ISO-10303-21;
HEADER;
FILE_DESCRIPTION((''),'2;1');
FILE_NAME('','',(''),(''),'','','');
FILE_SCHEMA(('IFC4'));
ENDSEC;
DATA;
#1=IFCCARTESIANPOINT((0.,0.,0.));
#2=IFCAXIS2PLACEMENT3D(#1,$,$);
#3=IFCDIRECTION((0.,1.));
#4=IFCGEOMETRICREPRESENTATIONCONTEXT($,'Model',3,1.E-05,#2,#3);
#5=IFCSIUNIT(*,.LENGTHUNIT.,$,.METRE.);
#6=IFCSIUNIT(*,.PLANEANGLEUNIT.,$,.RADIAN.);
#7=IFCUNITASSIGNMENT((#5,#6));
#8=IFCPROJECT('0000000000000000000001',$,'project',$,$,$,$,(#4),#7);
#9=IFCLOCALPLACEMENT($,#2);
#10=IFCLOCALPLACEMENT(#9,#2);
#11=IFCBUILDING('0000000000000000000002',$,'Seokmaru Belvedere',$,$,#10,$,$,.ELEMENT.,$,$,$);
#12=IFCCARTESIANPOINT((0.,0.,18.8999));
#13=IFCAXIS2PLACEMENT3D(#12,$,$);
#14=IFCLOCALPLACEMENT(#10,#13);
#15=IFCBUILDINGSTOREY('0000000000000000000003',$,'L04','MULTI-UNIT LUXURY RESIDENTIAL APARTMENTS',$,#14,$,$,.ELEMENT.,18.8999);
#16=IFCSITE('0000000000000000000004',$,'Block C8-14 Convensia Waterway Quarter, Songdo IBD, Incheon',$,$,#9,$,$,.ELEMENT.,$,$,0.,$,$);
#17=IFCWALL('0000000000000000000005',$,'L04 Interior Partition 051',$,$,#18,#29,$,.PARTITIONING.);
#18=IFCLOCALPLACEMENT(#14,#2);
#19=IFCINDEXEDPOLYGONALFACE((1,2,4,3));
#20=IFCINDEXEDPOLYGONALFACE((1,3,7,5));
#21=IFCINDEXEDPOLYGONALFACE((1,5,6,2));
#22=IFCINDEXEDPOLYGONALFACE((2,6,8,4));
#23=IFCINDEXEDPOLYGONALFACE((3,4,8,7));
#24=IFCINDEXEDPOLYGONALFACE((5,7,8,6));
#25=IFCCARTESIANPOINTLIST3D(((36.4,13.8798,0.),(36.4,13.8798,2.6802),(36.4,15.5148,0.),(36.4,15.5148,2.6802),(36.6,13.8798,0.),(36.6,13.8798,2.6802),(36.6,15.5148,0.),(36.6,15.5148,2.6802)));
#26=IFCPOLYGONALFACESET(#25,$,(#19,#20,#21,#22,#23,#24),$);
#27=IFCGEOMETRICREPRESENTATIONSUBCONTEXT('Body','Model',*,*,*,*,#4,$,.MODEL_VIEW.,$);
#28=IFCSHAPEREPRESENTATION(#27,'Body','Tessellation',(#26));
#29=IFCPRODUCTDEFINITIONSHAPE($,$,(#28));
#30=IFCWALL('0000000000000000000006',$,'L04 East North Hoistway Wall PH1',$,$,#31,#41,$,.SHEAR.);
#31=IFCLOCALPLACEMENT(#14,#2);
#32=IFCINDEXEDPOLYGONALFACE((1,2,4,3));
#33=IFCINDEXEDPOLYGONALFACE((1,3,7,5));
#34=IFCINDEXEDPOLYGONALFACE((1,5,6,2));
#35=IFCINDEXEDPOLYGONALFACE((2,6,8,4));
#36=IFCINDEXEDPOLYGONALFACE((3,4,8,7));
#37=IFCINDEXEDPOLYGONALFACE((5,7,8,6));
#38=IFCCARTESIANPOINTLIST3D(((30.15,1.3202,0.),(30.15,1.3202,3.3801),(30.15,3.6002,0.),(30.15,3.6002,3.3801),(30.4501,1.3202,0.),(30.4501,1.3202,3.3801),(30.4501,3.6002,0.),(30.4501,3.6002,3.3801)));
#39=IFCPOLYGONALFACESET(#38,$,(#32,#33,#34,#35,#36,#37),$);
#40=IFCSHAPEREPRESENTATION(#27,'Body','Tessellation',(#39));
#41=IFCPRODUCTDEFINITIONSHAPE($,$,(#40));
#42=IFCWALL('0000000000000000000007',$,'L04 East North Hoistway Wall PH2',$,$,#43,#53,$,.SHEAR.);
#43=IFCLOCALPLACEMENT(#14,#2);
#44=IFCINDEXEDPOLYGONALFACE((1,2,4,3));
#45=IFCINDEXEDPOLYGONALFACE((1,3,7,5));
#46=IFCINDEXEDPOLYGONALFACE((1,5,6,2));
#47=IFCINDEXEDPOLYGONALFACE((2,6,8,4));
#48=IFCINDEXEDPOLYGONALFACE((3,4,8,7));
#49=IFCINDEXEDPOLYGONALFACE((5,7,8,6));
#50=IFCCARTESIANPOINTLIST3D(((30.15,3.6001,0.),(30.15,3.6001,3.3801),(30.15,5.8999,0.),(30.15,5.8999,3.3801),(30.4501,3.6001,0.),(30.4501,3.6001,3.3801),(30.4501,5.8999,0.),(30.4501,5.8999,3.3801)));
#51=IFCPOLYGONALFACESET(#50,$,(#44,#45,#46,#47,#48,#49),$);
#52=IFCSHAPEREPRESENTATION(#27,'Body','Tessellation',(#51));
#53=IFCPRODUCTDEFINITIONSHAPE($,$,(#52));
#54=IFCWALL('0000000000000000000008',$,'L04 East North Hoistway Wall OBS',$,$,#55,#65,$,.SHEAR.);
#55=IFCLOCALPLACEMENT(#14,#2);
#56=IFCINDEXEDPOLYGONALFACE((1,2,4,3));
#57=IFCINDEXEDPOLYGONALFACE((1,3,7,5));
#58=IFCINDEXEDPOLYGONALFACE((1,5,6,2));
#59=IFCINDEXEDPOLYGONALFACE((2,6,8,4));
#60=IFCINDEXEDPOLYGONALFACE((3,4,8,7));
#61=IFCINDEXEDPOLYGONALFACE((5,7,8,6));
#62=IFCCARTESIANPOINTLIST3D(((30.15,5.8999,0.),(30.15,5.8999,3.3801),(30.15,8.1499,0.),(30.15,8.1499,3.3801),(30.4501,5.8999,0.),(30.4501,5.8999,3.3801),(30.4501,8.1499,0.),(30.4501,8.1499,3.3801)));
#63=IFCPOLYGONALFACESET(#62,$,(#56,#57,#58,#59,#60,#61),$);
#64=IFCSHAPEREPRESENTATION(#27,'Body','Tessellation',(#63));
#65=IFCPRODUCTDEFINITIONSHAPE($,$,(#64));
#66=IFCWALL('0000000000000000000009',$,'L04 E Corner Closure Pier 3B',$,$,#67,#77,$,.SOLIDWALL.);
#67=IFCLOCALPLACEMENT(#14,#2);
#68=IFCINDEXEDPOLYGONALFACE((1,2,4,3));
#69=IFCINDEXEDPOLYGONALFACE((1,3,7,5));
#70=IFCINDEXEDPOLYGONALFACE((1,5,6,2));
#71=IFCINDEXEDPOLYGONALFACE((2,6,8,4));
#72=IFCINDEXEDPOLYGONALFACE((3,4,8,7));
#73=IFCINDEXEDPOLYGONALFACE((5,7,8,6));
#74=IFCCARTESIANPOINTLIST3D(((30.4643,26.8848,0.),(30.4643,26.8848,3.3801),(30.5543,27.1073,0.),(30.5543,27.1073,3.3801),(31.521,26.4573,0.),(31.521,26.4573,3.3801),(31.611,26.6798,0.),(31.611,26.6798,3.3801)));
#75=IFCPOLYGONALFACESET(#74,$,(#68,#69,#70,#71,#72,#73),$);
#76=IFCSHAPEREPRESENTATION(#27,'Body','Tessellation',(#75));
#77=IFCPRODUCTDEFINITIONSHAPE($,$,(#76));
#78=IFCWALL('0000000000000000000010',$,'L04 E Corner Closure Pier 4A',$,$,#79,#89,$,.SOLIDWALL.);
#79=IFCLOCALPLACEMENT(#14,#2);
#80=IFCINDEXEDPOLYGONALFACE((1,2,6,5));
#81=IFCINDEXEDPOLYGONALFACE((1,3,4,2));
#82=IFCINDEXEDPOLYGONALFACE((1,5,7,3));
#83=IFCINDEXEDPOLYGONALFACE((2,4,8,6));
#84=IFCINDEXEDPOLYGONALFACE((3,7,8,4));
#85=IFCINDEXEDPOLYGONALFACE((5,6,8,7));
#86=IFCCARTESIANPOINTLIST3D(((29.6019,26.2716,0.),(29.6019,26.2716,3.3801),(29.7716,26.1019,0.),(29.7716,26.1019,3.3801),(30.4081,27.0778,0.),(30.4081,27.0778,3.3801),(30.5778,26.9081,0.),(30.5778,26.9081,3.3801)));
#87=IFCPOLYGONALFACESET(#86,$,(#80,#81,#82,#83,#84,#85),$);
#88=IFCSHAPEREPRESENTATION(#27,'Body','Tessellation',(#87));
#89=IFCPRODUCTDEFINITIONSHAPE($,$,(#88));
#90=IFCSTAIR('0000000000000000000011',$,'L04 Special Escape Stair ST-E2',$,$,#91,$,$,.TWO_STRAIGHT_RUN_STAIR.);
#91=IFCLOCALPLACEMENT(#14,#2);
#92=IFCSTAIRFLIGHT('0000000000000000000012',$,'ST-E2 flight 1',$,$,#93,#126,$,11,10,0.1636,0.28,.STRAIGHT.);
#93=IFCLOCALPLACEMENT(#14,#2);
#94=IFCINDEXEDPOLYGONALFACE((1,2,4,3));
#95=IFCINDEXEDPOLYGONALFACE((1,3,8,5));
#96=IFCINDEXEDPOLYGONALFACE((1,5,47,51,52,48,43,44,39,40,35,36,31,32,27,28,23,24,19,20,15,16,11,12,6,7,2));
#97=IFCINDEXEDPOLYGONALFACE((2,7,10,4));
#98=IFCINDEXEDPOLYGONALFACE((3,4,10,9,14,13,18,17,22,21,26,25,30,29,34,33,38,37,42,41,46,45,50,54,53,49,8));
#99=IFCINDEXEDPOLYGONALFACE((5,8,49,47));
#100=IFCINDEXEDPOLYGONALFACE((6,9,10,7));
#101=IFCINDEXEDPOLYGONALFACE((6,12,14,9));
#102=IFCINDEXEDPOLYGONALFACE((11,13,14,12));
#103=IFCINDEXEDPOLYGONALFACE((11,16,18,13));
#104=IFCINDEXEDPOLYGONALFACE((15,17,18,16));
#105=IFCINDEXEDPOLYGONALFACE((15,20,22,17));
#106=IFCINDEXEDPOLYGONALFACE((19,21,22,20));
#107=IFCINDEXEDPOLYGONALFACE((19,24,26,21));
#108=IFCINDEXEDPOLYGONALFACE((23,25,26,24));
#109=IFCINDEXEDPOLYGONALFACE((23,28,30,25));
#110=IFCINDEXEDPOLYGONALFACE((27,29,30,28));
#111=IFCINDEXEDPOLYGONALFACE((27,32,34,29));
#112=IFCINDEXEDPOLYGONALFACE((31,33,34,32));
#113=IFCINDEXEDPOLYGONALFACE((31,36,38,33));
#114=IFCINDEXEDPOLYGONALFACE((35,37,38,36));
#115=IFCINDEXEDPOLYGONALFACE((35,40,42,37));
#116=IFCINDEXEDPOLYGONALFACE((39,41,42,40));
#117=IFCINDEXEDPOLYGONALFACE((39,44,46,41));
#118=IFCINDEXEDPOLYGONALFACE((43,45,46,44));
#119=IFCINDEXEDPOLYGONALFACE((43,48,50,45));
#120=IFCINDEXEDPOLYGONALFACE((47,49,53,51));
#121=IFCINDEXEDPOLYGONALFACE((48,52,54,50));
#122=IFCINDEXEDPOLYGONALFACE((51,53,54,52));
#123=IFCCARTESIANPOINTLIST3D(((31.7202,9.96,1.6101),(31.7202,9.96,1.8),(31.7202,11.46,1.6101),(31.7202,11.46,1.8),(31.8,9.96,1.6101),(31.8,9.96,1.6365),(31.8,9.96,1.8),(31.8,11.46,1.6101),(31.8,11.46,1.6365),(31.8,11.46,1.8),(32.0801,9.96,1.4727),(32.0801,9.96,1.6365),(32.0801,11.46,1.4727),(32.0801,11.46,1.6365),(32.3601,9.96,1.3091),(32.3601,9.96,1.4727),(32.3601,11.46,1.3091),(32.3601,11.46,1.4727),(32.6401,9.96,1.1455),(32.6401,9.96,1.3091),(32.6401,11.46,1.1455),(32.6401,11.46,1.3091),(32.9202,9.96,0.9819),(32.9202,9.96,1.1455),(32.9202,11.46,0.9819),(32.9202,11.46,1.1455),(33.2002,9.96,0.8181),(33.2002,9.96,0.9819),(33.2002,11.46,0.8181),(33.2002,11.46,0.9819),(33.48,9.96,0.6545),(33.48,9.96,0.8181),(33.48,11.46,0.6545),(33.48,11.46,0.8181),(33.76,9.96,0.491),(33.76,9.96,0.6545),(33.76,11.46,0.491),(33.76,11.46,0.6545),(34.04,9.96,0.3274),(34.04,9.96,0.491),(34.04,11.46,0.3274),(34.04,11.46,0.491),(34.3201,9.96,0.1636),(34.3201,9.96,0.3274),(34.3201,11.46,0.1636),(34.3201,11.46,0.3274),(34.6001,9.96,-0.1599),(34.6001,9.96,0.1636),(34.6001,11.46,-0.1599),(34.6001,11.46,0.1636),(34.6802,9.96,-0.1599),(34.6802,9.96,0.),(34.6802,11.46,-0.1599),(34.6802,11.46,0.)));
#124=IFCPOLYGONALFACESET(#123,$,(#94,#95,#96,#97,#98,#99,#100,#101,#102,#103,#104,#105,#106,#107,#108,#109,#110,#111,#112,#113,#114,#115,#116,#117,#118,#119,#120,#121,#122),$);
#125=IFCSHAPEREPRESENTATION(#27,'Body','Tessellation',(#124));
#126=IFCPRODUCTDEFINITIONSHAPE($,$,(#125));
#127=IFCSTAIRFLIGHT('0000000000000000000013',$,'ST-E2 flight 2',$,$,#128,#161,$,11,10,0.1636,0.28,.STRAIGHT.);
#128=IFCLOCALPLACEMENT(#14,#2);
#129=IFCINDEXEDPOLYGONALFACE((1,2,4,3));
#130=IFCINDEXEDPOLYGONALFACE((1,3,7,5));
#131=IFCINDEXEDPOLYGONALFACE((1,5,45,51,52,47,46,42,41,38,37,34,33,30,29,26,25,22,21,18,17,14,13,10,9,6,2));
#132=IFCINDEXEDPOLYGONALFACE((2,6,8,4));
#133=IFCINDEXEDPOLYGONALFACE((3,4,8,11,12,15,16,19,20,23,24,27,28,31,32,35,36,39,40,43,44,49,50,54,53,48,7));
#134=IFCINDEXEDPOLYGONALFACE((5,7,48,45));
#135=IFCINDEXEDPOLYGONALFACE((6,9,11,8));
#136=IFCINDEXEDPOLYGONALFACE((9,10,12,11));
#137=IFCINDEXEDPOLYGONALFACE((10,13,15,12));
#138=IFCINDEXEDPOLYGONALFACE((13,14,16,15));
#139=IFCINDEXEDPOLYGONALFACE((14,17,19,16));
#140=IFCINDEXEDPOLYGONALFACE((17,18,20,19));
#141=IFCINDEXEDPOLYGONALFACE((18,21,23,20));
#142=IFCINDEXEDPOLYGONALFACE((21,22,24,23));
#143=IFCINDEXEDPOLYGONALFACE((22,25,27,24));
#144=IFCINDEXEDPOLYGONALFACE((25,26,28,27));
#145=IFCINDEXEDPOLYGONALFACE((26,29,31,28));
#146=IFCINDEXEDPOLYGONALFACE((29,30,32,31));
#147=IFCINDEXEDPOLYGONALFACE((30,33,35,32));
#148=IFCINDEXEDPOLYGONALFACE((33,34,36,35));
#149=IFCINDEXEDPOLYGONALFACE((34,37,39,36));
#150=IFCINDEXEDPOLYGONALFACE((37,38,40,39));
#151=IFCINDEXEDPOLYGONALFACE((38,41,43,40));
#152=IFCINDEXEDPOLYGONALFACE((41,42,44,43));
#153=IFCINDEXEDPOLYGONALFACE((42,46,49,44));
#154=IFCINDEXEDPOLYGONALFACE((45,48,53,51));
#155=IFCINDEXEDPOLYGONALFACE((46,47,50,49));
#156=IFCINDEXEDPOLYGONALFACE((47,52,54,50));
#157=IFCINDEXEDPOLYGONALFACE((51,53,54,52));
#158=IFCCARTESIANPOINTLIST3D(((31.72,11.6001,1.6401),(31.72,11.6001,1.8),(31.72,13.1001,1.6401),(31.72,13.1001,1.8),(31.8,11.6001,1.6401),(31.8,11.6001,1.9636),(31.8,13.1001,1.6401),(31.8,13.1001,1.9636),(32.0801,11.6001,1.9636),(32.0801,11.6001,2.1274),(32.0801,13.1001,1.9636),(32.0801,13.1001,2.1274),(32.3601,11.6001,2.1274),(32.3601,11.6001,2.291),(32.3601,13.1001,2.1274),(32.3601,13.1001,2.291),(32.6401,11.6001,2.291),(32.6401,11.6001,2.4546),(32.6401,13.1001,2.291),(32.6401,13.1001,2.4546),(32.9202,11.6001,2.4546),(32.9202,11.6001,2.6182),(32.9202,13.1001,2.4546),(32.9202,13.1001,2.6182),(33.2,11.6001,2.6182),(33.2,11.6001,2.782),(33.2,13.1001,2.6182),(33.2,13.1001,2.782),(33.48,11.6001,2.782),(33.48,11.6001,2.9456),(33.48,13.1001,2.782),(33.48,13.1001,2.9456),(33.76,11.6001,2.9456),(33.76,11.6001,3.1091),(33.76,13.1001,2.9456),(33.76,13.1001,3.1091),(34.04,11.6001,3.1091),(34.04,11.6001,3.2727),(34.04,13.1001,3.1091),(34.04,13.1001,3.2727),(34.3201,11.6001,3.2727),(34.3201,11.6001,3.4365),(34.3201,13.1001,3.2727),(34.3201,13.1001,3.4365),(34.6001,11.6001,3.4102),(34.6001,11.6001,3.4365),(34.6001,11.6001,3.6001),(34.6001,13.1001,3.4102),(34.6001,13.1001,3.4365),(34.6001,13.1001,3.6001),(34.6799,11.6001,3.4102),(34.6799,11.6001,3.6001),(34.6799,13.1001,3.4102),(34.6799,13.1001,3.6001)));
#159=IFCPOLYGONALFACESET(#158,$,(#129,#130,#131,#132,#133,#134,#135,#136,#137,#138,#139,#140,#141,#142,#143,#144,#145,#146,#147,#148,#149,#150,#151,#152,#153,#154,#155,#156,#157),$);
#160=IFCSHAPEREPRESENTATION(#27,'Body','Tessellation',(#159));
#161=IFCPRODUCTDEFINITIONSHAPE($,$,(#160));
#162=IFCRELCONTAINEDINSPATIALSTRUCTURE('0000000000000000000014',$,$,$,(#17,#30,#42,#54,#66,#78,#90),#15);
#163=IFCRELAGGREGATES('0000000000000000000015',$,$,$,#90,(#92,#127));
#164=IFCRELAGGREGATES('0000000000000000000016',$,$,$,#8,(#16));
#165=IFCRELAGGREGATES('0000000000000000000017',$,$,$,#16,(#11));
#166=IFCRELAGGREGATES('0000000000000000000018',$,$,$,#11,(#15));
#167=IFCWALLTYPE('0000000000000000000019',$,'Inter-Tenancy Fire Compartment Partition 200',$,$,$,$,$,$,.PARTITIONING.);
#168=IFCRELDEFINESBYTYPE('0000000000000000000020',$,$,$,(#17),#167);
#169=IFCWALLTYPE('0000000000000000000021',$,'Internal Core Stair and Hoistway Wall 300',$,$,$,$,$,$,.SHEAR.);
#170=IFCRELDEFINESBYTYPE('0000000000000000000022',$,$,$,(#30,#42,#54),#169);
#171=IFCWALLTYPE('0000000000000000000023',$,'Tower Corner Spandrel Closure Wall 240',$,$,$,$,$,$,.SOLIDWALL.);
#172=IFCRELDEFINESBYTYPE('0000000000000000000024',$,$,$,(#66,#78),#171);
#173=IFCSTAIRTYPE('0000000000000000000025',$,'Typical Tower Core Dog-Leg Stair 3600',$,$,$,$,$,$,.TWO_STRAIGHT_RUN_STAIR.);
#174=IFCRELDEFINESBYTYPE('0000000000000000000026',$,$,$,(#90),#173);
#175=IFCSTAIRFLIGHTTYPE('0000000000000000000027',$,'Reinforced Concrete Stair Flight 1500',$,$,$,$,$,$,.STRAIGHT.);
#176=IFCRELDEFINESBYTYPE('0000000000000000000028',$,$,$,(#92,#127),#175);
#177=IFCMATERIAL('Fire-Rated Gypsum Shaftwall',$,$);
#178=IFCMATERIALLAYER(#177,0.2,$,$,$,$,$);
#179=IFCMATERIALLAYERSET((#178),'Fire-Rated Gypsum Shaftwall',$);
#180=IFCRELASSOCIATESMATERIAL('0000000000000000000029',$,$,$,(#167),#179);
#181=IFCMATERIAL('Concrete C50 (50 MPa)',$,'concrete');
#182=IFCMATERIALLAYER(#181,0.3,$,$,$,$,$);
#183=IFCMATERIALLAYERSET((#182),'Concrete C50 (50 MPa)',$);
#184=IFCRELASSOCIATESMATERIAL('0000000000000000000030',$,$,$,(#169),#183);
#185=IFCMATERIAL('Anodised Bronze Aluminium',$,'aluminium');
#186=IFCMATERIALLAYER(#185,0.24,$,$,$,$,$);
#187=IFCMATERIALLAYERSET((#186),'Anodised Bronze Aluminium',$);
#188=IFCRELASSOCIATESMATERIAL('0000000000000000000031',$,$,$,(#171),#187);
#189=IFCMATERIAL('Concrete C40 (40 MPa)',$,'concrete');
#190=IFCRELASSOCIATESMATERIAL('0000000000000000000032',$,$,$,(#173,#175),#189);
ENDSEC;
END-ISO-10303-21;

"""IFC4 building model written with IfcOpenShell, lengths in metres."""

from ifc_helpers import new_model, si_unit, direction, frame, frame_2d, origin, place, context, subcontext, project, spatial, polyline, rectangle, outline, extrude, material, layer, layer_set, type_object, element, aggregate, save


model = new_model("IFC4")

# Units and contexts
model_context = context("Model", 3, precision=1e-05, world=origin(), true_north=direction((0.0, 1.0)))
body_context = subcontext(model_context, "Body", "Model", "MODEL_VIEW")
ifc_project = project(units=[si_unit("LENGTHUNIT", "METRE"), si_unit("PLANEANGLEUNIT", "RADIAN")], contexts=[model_context])

# Site, building, storey
site_placement = place(None, origin())
site = spatial("IfcSite", under=ifc_project, at=site_placement, Name="Block C8-14 Convensia Waterway Quarter, Songdo IBD, Incheon", CompositionType="ELEMENT", RefElevation=0.0)
building_placement = place(site_placement, origin())
building = spatial("IfcBuilding", under=site, at=building_placement, Name="Seokmaru Belvedere", CompositionType="ELEMENT")
storey_placement = place(building_placement, frame((0.0, 0.0, 18.8999)))
storey = spatial("IfcBuildingStorey", under=building, at=storey_placement, Name="L04", Description="MULTI-UNIT LUXURY RESIDENTIAL APARTMENTS", CompositionType="ELEMENT", Elevation=18.8999)

# Shared definitions
ifc_material_1 = material(Name="Anodised Bronze Aluminium", Category="aluminium")

# Shared definitions
ifc_material_2 = material(Name="Fire-Rated Gypsum Shaftwall")

# Walls
ifc_layer_1 = layer(ifc_material_2, 0.2)
ifc_layer_set_1 = layer_set([ifc_layer_1], Name="Fire-Rated Gypsum Shaftwall")
wall_type_1 = type_object("IfcWallType", Name="Inter-Tenancy Fire Compartment Partition 200", PredefinedType="PARTITIONING", material=ifc_layer_set_1)
wall_1_placement = place(storey_placement, frame((36.5, 13.8799, 0.0), z_axis=(0.0, 0.0, 1.0), x_axis=(0.0, 1.0, 0.0)))
element("IfcWall", 1, at=wall_1_placement, inside=storey, type_object=wall_type_1, Name="L04 Interior Partition 051", PredefinedType="PARTITIONING", context=body_context, shape_type="SweptSolid", body=[
    extrude(rectangle(XDim=1.635, YDim=0.2, at=frame_2d((0.8174, 0.0))), origin(), (0.0, 0.0, 1.0), 2.6802),
])
ifc_material_3 = material(Name="Concrete C50 (50 MPa)", Category="concrete")
ifc_layer_2 = layer(ifc_material_3, 0.3)
ifc_layer_set_2 = layer_set([ifc_layer_2], Name="Concrete C50 (50 MPa)")
wall_type_2 = type_object("IfcWallType", Name="Internal Core Stair and Hoistway Wall 300", PredefinedType="SHEAR", material=ifc_layer_set_2)
wall_2_placement = place(storey_placement, frame((30.3, 1.3201, 0.0), z_axis=(0.0, 0.0, 1.0), x_axis=(0.0, 1.0, 0.0)))
element("IfcWall", 2, at=wall_2_placement, inside=storey, type_object=wall_type_2, Name="L04 East North Hoistway Wall PH1", PredefinedType="SHEAR", context=body_context, shape_type="SweptSolid", body=[
    extrude(rectangle(XDim=2.28, YDim=0.3, at=frame_2d((1.1401, 0.0))), origin(), (0.0, 0.0, 1.0), 3.3801),
])
wall_3_placement = place(storey_placement, frame((30.3, 3.6001, 0.0), z_axis=(0.0, 0.0, 1.0), x_axis=(0.0, 1.0, 0.0)))
element("IfcWall", 3, at=wall_3_placement, inside=storey, type_object=wall_type_2, Name="L04 East North Hoistway Wall PH2", PredefinedType="SHEAR", context=body_context, shape_type="SweptSolid", body=[
    extrude(rectangle(XDim=2.2998, YDim=0.3, at=frame_2d((1.1499, 0.0))), origin(), (0.0, 0.0, 1.0), 3.3801),
])
wall_4_placement = place(storey_placement, frame((30.3, 5.8999, 0.0), z_axis=(0.0, 0.0, 1.0), x_axis=(0.0, 1.0, 0.0)))
element("IfcWall", 4, at=wall_4_placement, inside=storey, type_object=wall_type_2, Name="L04 East North Hoistway Wall OBS", PredefinedType="SHEAR", context=body_context, shape_type="SweptSolid", body=[
    extrude(rectangle(XDim=2.25, YDim=0.3, at=frame_2d((1.125, 0.0))), origin(), (0.0, 0.0, 1.0), 3.3801),
])

# Walls
ifc_layer_3 = layer(ifc_material_1, 0.24)
ifc_layer_set_3 = layer_set([ifc_layer_3], Name="Anodised Bronze Aluminium")
wall_type_3 = type_object("IfcWallType", Name="Tower Corner Spandrel Closure Wall 240", PredefinedType="SOLIDWALL", material=ifc_layer_set_3)
wall_5_placement = place(storey_placement, frame((31.5659, 26.5686, 0.0), z_axis=(0.0, 0.0, 1.0), x_axis=(-0.927007, 0.375044, 0.0)))
element("IfcWall", 5, at=wall_5_placement, inside=storey, type_object=wall_type_3, Name="L04 E Corner Closure Pier 3B", PredefinedType="SOLIDWALL", context=body_context, shape_type="SweptSolid", body=[
    extrude(rectangle(XDim=1.1399, YDim=0.24, at=frame_2d((0.5698, 0.0))), origin(), (0.0, 0.0, 1.0), 3.3801),
])
wall_6_placement = place(storey_placement, frame((30.4929, 26.9929, 0.0), z_axis=(0.0, 0.0, 1.0), x_axis=(-0.707107, -0.707107, 0.0)))
element("IfcWall", 6, at=wall_6_placement, inside=storey, type_object=wall_type_3, Name="L04 E Corner Closure Pier 4A", PredefinedType="SOLIDWALL", context=body_context, shape_type="SweptSolid", body=[
    extrude(rectangle(XDim=1.1401, YDim=0.24, at=frame_2d((0.5701, 0.0))), origin(), (0.0, 0.0, 1.0), 3.3801),
])

# Stair, stair flights
ifc_material_4 = material(Name="Concrete C40 (40 MPa)", Category="concrete")
stair_type = type_object("IfcStairType", Name="Typical Tower Core Dog-Leg Stair 3600", PredefinedType="TWO_STRAIGHT_RUN_STAIR", material=ifc_material_4)
stair_placement = place(storey_placement, origin())
stair = element("IfcStair", 7, at=stair_placement, inside=storey, type_object=stair_type, Name="L04 Special Escape Stair ST-E2", PredefinedType="TWO_STRAIGHT_RUN_STAIR")
stair_flight_type = type_object("IfcStairFlightType", Name="Reinforced Concrete Stair Flight 1500", PredefinedType="STRAIGHT", material=ifc_material_4)
stair_flight_1_placement = place(storey_placement, frame((34.6001, 10.71, 0.0), z_axis=(0.0, 0.0, 1.0), x_axis=(-1.0, 0.0, 0.0)))
stair_flight_1 = element("IfcStairFlight", 8, at=stair_flight_1_placement, type_object=stair_flight_type, Name="ST-E2 flight 1", NumberOfRisers=11, NumberOfTreads=10, PredefinedType="STRAIGHT", RiserHeight=0.1636, TreadLength=0.28, context=body_context, shape_type="SweptSolid", body=[
    extrude(outline(polyline([(-0.0801, 0.0), (0.0, 0.1636), (0.28, 0.1636), (0.28, 0.3274), (0.5601, 0.3274), (0.5601, 0.491), (0.8401, 0.491), (0.8401, 0.6545), (1.1201, 0.6545), (1.1201, 0.8181), (1.3999, 0.8181), (1.3999, 0.9819), (1.6799, 0.9819), (1.6799, 1.1455), (1.96, 1.1455), (1.96, 1.3091), (2.24, 1.3091), (2.24, 1.4727), (2.52, 1.4727), (2.52, 1.6365), (2.8, 1.6365), (2.8, 1.8), (2.8799, 1.8), (2.8799, 1.6101), (2.8, 1.6101), (0.0, -0.1599), (-0.0801, -0.1599), (-0.0801, 0.0)])), frame((0.0, 0.75, 0.0), z_axis=(0.0, -1.0, 0.0), x_axis=(1.0, 0.0, 0.0)), (0.0, 0.0, 1.0), 1.5),
])
stair_flight_2_placement = place(storey_placement, frame((31.8, 12.3501, 1.8), z_axis=(0.0, 0.0, 1.0), x_axis=(1.0, 0.0, 0.0)))
stair_flight_2 = element("IfcStairFlight", 9, at=stair_flight_2_placement, type_object=stair_flight_type, Name="ST-E2 flight 2", NumberOfRisers=11, NumberOfTreads=10, PredefinedType="STRAIGHT", RiserHeight=0.1636, TreadLength=0.28, context=body_context, shape_type="SweptSolid", body=[
    extrude(outline(polyline([(-0.0801, 0.0), (0.0, 0.1636), (0.28, 0.1636), (0.28, 0.3274), (0.5601, 0.3274), (0.5601, 0.491), (0.8401, 0.491), (0.8401, 0.6545), (1.1201, 0.6545), (1.1201, 0.8181), (1.3999, 0.8181), (1.3999, 0.9819), (1.6799, 0.9819), (1.6799, 1.1455), (1.96, 1.1455), (1.96, 1.3091), (2.24, 1.3091), (2.24, 1.4727), (2.52, 1.4727), (2.52, 1.6365), (2.8, 1.6365), (2.8, 1.8), (2.8799, 1.8), (2.8799, 1.6101), (2.8, 1.6101), (0.0, -0.1599), (-0.0801, -0.1599), (-0.0801, 0.0)])), frame((0.0, 0.75, 0.0), z_axis=(0.0, -1.0, 0.0), x_axis=(1.0, 0.0, 0.0)), (0.0, 0.0, 1.0), 1.5),
])
aggregate(stair, [stair_flight_1, stair_flight_2])

save(model, "model.ifc")
